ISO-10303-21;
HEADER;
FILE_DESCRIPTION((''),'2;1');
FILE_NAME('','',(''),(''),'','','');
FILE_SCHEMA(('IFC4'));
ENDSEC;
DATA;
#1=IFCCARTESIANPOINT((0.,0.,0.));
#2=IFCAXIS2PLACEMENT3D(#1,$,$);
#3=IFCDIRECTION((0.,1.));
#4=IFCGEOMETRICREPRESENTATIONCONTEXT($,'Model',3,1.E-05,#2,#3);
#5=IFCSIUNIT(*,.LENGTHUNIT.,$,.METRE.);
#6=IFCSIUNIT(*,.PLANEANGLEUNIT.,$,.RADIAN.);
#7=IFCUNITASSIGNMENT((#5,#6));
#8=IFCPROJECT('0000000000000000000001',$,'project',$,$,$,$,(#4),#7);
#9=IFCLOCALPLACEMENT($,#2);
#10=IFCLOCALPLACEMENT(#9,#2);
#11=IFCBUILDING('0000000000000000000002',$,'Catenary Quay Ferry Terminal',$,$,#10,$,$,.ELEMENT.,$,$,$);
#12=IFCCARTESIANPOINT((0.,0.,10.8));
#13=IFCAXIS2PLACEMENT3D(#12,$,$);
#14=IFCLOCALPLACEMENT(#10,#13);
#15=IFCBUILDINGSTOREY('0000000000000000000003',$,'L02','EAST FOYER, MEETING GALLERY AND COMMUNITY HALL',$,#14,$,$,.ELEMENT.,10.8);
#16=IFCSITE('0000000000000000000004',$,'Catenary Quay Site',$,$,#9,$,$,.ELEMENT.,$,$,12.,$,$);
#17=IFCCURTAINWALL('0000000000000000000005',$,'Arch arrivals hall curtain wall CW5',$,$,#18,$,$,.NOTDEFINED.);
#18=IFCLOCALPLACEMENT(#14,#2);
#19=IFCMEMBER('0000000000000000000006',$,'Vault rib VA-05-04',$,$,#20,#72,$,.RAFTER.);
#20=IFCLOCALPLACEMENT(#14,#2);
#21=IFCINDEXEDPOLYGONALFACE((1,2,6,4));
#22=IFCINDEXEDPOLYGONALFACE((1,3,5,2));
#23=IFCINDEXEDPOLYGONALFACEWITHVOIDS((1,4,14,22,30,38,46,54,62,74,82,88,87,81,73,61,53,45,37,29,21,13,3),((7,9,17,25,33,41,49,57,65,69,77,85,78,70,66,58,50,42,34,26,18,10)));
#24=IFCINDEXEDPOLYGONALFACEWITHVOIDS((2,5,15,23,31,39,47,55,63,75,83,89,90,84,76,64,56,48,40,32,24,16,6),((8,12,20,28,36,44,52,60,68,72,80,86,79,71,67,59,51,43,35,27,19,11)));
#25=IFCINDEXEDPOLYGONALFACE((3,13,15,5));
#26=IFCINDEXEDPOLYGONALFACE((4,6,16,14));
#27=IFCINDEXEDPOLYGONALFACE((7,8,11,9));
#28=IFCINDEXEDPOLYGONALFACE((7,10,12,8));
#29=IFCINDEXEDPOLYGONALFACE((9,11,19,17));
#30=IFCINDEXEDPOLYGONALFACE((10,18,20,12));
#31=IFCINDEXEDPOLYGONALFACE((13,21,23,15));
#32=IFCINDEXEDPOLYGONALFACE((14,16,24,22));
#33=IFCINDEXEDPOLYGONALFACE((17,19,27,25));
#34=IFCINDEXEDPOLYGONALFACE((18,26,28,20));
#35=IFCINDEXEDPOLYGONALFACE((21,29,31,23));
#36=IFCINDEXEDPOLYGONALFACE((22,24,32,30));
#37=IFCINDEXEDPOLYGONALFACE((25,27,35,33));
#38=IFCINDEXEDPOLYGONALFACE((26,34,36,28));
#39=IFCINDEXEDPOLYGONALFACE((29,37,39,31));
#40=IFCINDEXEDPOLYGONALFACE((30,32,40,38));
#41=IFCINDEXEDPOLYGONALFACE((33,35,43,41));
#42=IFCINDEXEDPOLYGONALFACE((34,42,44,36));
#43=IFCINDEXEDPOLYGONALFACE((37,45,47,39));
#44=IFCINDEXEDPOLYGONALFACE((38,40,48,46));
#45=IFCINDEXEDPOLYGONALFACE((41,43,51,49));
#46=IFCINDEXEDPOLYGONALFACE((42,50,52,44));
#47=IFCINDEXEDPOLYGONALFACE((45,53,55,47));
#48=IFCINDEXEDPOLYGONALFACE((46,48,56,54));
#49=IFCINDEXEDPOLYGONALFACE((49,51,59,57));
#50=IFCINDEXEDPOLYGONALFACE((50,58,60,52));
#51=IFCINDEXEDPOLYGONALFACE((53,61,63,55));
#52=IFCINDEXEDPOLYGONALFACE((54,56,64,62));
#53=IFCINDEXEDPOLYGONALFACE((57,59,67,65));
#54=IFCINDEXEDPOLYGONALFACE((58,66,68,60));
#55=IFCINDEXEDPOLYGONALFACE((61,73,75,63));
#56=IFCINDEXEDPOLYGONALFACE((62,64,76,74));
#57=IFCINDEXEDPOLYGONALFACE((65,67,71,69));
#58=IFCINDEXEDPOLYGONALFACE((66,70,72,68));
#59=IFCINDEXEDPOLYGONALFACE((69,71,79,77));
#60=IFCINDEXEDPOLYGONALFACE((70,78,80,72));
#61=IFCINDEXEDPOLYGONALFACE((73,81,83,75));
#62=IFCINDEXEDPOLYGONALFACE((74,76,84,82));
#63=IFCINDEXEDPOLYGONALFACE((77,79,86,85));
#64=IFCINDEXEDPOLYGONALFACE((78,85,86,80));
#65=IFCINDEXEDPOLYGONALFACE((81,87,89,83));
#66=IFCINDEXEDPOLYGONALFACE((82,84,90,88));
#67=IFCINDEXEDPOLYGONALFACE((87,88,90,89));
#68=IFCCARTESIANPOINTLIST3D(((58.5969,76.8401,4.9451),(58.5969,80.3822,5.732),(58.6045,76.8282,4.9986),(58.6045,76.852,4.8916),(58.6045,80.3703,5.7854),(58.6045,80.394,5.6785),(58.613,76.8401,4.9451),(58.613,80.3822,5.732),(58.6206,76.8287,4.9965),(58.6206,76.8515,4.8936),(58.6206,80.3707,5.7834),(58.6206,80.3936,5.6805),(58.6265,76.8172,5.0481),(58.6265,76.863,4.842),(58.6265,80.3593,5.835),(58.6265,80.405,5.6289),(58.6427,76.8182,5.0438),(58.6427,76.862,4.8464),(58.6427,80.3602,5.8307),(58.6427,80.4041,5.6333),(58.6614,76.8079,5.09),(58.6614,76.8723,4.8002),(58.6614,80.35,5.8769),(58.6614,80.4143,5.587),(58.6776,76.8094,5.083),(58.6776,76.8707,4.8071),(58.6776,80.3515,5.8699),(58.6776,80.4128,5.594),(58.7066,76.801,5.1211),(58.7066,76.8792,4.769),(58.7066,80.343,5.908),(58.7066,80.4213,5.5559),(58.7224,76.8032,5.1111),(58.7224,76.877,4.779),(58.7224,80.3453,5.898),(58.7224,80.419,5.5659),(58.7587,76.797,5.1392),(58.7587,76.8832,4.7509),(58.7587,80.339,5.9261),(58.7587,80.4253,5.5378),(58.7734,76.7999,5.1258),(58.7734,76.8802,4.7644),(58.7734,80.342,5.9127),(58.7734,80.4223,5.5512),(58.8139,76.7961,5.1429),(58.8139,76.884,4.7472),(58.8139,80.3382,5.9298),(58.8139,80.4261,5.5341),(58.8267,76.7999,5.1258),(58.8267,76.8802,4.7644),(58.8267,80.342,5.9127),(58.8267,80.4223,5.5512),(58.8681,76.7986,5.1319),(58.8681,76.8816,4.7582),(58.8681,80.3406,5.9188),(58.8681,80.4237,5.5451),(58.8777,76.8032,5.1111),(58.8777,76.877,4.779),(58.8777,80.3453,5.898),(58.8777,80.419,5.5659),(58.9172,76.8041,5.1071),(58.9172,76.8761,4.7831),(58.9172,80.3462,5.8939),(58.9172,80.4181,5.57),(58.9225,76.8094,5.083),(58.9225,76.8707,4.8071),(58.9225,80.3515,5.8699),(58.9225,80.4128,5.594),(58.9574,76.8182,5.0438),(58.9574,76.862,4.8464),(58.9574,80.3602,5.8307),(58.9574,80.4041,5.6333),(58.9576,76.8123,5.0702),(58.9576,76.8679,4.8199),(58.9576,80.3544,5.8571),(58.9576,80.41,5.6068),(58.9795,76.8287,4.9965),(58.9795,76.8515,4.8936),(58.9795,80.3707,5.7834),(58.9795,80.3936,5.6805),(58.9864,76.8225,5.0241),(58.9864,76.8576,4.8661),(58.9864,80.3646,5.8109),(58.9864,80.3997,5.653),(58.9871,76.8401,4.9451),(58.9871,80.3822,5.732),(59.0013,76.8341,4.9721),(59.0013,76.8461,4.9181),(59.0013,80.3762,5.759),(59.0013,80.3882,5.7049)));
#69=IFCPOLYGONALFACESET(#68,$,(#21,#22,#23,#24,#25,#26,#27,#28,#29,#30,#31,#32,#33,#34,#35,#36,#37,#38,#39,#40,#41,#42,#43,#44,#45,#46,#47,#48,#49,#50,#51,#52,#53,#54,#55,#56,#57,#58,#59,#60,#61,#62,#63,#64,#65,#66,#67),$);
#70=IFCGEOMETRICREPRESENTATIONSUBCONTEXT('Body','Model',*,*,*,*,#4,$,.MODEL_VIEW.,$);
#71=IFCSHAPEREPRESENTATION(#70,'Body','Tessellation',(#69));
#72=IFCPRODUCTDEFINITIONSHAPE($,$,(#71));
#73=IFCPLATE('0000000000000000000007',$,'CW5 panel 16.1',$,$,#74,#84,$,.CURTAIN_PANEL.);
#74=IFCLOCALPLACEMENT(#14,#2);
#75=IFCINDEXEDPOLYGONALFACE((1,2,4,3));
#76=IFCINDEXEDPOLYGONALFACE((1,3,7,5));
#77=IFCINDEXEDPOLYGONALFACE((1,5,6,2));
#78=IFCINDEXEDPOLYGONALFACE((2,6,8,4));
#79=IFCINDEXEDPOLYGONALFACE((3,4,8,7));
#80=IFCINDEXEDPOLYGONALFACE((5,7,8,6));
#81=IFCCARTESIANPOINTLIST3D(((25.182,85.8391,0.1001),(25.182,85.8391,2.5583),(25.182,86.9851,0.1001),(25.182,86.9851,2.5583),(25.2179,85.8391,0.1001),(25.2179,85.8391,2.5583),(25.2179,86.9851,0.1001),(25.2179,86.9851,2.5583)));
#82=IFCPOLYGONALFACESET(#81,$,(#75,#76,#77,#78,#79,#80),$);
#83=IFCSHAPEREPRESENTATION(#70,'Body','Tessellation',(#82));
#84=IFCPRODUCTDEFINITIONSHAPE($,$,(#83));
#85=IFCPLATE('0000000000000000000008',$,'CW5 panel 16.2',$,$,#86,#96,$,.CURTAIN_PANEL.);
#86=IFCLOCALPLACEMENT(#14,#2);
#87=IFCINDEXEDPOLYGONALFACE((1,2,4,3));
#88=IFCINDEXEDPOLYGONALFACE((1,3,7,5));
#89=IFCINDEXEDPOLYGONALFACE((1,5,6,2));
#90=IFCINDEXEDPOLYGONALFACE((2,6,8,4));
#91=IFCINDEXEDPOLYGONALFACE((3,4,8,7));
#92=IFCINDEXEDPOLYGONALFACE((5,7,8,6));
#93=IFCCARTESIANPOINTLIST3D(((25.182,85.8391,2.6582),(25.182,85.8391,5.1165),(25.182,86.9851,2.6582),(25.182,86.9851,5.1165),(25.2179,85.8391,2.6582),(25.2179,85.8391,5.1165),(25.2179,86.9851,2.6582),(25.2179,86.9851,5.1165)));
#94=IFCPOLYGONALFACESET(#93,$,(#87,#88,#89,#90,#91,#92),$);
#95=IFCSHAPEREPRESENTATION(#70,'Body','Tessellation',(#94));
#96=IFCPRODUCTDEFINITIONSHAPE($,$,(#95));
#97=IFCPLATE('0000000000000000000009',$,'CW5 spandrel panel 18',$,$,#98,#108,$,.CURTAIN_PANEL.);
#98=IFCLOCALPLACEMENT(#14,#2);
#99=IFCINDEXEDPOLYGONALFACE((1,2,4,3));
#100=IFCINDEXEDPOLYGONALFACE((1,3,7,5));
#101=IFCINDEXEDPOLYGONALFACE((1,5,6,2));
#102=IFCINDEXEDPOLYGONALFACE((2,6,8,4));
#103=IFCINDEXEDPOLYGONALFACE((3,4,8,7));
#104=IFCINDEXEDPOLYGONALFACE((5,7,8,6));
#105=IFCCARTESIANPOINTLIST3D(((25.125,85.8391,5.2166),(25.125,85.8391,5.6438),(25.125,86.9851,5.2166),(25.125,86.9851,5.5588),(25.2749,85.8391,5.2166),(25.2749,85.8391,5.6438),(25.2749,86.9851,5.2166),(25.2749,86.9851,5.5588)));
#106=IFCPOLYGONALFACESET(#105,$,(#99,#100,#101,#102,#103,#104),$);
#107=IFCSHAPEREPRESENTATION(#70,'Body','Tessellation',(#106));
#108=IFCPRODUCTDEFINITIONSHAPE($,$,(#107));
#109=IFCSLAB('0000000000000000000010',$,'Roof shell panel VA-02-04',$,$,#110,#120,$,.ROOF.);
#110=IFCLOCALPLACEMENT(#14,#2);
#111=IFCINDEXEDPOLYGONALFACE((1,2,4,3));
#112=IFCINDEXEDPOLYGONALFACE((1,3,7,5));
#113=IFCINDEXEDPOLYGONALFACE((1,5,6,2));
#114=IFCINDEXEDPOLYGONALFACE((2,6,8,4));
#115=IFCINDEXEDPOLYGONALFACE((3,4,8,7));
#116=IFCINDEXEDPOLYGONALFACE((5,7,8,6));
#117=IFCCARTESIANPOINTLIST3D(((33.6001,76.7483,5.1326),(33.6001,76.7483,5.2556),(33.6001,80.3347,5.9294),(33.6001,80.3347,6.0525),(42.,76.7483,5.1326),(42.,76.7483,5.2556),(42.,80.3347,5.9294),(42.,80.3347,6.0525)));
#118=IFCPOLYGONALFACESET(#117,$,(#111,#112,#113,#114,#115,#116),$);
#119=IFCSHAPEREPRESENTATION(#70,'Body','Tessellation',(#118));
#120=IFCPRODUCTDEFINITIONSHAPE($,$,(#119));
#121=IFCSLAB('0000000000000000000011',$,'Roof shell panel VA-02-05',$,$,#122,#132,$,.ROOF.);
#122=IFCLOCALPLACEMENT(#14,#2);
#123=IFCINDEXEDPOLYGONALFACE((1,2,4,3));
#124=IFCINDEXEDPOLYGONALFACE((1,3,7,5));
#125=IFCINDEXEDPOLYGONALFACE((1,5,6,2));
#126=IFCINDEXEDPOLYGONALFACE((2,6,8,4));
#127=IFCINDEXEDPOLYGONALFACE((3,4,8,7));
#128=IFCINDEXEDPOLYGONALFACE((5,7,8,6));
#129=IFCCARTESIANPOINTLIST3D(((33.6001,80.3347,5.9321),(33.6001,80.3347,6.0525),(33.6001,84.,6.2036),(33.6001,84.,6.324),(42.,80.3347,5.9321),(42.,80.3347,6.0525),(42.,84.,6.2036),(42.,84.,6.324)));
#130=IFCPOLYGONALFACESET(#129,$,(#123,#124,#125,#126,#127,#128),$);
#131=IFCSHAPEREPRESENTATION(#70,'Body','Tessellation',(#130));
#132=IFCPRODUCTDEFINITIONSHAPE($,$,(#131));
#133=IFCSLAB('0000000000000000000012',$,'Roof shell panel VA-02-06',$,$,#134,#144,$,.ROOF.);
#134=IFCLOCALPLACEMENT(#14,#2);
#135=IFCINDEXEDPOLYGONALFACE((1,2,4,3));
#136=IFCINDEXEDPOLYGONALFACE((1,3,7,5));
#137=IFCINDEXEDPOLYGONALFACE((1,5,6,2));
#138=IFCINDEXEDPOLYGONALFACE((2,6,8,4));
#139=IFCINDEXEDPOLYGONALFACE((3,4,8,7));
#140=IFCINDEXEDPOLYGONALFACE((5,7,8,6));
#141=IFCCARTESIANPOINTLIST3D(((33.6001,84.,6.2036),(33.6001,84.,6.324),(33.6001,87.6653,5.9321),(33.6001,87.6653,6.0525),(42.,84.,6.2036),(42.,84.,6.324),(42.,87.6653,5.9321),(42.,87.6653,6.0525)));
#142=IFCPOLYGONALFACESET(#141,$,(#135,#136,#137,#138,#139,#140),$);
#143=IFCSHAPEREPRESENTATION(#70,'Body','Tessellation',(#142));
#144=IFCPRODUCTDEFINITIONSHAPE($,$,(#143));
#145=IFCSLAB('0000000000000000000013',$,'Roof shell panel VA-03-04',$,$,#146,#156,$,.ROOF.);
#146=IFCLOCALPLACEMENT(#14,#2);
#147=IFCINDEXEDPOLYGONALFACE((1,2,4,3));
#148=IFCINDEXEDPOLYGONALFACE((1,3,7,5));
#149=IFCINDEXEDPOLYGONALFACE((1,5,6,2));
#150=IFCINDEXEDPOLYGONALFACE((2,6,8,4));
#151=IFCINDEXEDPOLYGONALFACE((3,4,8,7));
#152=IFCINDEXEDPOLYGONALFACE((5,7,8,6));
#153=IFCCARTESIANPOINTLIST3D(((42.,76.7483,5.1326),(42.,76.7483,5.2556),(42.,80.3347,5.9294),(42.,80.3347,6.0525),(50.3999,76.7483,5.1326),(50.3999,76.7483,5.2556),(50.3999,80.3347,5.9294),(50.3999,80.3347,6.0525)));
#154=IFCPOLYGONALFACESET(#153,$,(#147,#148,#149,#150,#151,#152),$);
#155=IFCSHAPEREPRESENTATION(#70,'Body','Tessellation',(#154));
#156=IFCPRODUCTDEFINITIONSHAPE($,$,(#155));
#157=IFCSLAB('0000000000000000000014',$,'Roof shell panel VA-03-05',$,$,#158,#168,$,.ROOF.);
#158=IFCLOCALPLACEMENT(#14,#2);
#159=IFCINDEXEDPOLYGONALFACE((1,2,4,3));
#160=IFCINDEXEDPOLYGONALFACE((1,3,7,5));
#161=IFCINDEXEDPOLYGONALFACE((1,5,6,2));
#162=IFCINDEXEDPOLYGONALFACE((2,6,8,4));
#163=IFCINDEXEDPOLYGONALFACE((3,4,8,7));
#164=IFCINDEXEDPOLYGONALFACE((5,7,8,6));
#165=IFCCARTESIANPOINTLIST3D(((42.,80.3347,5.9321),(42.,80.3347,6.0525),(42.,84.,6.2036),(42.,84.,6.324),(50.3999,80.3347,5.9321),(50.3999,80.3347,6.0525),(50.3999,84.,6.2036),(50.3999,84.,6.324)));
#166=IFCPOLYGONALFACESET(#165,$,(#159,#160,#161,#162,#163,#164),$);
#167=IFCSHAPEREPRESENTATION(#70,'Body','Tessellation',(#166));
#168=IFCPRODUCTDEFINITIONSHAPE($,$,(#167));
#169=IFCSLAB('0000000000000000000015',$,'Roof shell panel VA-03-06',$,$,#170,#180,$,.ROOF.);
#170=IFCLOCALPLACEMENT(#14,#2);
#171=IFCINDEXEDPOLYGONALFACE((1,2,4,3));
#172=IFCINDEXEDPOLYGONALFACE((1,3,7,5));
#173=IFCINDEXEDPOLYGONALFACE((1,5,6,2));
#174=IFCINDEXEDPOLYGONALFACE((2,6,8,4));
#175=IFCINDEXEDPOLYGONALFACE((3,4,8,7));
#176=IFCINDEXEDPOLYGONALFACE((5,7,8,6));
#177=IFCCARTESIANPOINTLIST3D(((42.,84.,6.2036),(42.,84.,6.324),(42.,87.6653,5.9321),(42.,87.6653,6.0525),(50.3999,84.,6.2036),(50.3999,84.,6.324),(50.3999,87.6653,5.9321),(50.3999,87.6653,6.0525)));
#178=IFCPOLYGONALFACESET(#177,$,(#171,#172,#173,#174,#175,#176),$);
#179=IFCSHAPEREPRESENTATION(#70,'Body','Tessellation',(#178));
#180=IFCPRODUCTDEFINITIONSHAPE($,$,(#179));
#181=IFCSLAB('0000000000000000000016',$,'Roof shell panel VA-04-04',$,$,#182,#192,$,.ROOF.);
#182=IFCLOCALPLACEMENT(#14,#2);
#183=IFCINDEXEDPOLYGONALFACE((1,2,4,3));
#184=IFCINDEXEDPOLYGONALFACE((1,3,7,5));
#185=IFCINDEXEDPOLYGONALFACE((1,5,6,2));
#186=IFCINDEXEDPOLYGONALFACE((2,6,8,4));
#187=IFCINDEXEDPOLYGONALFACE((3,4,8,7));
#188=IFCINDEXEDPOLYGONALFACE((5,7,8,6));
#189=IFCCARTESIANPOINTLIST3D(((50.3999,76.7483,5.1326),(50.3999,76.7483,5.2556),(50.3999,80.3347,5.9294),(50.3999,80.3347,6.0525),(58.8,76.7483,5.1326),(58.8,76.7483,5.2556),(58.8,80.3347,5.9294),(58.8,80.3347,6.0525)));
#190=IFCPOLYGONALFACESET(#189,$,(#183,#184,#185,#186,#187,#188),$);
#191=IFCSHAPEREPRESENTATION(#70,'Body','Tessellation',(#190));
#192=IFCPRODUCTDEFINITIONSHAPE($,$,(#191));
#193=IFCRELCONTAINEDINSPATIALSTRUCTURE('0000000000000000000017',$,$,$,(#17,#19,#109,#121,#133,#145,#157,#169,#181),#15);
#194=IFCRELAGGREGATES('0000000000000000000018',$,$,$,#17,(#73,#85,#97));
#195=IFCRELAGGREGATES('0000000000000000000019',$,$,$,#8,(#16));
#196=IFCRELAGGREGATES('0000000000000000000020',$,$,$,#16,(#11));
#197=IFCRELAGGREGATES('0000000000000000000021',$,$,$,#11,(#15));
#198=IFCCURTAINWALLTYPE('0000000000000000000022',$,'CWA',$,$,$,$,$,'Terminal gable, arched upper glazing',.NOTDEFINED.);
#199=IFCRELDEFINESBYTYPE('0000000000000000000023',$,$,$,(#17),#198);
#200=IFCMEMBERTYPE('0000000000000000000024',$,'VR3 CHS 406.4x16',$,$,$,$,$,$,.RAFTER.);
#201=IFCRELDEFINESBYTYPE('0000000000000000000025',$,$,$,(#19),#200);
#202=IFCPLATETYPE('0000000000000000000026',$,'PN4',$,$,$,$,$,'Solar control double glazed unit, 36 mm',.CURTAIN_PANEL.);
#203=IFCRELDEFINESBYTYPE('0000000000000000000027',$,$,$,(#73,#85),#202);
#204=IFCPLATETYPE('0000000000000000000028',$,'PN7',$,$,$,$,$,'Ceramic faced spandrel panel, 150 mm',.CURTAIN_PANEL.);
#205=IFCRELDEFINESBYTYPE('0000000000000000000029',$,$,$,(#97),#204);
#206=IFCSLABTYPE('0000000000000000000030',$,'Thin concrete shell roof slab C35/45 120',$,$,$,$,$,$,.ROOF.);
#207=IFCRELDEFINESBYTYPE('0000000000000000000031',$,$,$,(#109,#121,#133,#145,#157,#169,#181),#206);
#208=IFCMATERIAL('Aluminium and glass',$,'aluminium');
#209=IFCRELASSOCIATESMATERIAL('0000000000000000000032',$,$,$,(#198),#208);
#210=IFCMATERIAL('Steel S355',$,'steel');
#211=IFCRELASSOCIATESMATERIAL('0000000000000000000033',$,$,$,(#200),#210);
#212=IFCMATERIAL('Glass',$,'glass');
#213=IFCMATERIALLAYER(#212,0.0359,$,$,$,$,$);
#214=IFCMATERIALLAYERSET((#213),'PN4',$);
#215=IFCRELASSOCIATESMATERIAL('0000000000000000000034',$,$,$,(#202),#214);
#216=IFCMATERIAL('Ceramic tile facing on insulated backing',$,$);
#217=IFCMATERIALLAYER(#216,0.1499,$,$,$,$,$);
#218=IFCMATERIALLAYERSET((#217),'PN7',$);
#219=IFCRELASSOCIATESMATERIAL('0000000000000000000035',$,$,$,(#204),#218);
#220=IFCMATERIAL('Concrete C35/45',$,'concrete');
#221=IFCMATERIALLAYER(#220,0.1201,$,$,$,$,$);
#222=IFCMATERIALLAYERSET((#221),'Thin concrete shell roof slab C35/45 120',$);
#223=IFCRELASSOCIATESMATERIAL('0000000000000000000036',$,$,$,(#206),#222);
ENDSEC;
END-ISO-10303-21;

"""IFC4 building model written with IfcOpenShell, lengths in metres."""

from ifc_helpers import new_model, si_unit, direction, frame, origin, origin_2d, place, context, subcontext, project, spatial, polyline, rectangle, hollow_circle, outline, extrude, material, layer, layer_set, material_profile, profile_set, type_object, element, aggregate, save


model = new_model("IFC4")

# Units and contexts
model_context = context("Model", 3, precision=1e-05, world=origin(), true_north=direction((0.0, 1.0)))
body_context = subcontext(model_context, "Body", "Model", "MODEL_VIEW")
ifc_project = project(units=[si_unit("LENGTHUNIT", "METRE"), si_unit("PLANEANGLEUNIT", "RADIAN")], contexts=[model_context])

# Site, building, storey
site_placement = place(None, origin())
site = spatial("IfcSite", under=ifc_project, at=site_placement, Name="Catenary Quay Site", CompositionType="ELEMENT", RefElevation=12.0)
building_placement = place(site_placement, origin())
building = spatial("IfcBuilding", under=site, at=building_placement, Name="Catenary Quay Ferry Terminal", CompositionType="ELEMENT")
storey_placement = place(building_placement, frame((0.0, 0.0, 10.8)))
storey = spatial("IfcBuildingStorey", under=building, at=storey_placement, Name="L02", Description="EAST FOYER, MEETING GALLERY AND COMMUNITY HALL", CompositionType="ELEMENT", Elevation=10.8)

# Curtain wall
ifc_material_1 = material(Name="Aluminium and glass", Category="aluminium")
curtain_wall_type = type_object("IfcCurtainWallType", Name="CWA", ElementType="Terminal gable, arched upper glazing", PredefinedType="NOTDEFINED", material=ifc_material_1)
curtain_wall_placement = place(storey_placement, origin())
curtain_wall = element("IfcCurtainWall", 1, at=curtain_wall_placement, inside=storey, type_object=curtain_wall_type, Name="Arch arrivals hall curtain wall CW5", PredefinedType="NOTDEFINED")

# Member
ifc_material_2 = material(Name="Steel S355", Category="steel")
ifc_material_profile_1 = material_profile(ifc_material_2, hollow_circle(Radius=0.2031, WallThickness=0.0161, at=origin_2d()), Name="CHS 406.4x16")
ifc_profile_set_1 = profile_set([ifc_material_profile_1], Name="Steel S355")
member_type_1 = type_object("IfcMemberType", Name="VR3 CHS 406.4x16", PredefinedType="RAFTER", material=ifc_profile_set_1)
for number, where, z_axis, x_axis, name in (
    (2, (58.8, 76.8401, 4.9451), (0.0, 0.976201, 0.216866), (-1.0, 0.0, 0.0), "Vault rib VA-05-04"),
):
    element("IfcMember", number, at=place(storey_placement, frame(where, z_axis=z_axis, x_axis=x_axis)), inside=storey, type_object=member_type_1, Name=name, PredefinedType="RAFTER", context=body_context, shape_type="SweptSolid", body=[
        extrude(hollow_circle(Radius=0.2031, WallThickness=0.0161, at=origin_2d()), origin(), (0.0, 0.0, 1.0), 3.6284),
    ])

# Plates
ifc_material_3 = material(Name="Glass", Category="glass")
ifc_layer_1 = layer(ifc_material_3, 0.0359)
ifc_layer_set_1 = layer_set([ifc_layer_1], Name="PN4")
plate_type_1 = type_object("IfcPlateType", Name="PN4", ElementType="Solar control double glazed unit, 36 mm", PredefinedType="CURTAIN_PANEL", material=ifc_layer_set_1)
plate_1_placement = place(storey_placement, frame((25.2, 86.4121, 0.1001), z_axis=(0.0, 0.0, 1.0), x_axis=(0.0, 1.0, 0.0)))
plate_1 = element("IfcPlate", 3, at=plate_1_placement, type_object=plate_type_1, Name="CW5 panel 16.1", PredefinedType="CURTAIN_PANEL", context=body_context, shape_type="SweptSolid", body=[
    extrude(rectangle(XDim=1.146, YDim=0.0359, at=origin_2d()), origin(), (0.0, 0.0, 1.0), 2.4583),
])
plate_2_placement = place(storey_placement, frame((25.2, 86.4121, 2.6582), z_axis=(0.0, 0.0, 1.0), x_axis=(0.0, 1.0, 0.0)))
plate_2 = element("IfcPlate", 4, at=plate_2_placement, type_object=plate_type_1, Name="CW5 panel 16.2", PredefinedType="CURTAIN_PANEL", context=body_context, shape_type="SweptSolid", body=[
    extrude(rectangle(XDim=1.146, YDim=0.0359, at=origin_2d()), origin(), (0.0, 0.0, 1.0), 2.4583),
])
ifc_material_4 = material(Name="Ceramic tile facing on insulated backing")
ifc_layer_2 = layer(ifc_material_4, 0.1499)
ifc_layer_set_2 = layer_set([ifc_layer_2], Name="PN7")
plate_type_2 = type_object("IfcPlateType", Name="PN7", ElementType="Ceramic faced spandrel panel, 150 mm", PredefinedType="CURTAIN_PANEL", material=ifc_layer_set_2)
plate_3_placement = place(storey_placement, frame((25.2, 85.8391, 5.2166), z_axis=(0.0, 0.0, 1.0), x_axis=(0.0, 1.0, 0.0)))
plate_3 = element("IfcPlate", 5, at=plate_3_placement, type_object=plate_type_2, Name="CW5 spandrel panel 18", PredefinedType="CURTAIN_PANEL", context=body_context, shape_type="SweptSolid", body=[
    extrude(outline(polyline([(0.0, 0.0), (1.146, 0.0), (1.146, 0.3423), (0.0, 0.4272), (0.0, 0.0)])), frame((0.0, 0.075, 0.0), z_axis=(0.0, -1.0, 0.0), x_axis=(1.0, 0.0, 0.0)), (0.0, 0.0, 1.0), 0.1499),
])
aggregate(curtain_wall, [plate_1, plate_2, plate_3])

# Slabs
ifc_material_5 = material(Name="Concrete C35/45", Category="concrete")
ifc_layer_3 = layer(ifc_material_5, 0.1201)
ifc_layer_set_3 = layer_set([ifc_layer_3], Name="Thin concrete shell roof slab C35/45 120")
slab_type = type_object("IfcSlabType", Name="Thin concrete shell roof slab C35/45 120", PredefinedType="ROOF", material=ifc_layer_set_3)
slab_1_placement = place(storey_placement, frame((33.6001, 76.7483, 5.2556), z_axis=(0.0, -0.216902, 0.976193), x_axis=(1.0, 0.0, 0.0)))
element("IfcSlab", 6, at=slab_1_placement, inside=storey, type_object=slab_type, Name="Roof shell panel VA-02-04", PredefinedType="ROOF", context=body_context, shape_type="SweptSolid", body=[
    extrude(outline(polyline([(0.0, 0.0), (8.3999, 0.0), (8.3999, 3.6739), (0.0, 3.6739), (0.0, 0.0)])), origin(), (0.0, -0.216902, -0.976193), 0.123),
])
slab_2_placement = place(storey_placement, frame((33.6001, 80.3347, 6.0525), z_axis=(0.0, -0.073867, 0.997268), x_axis=(1.0, 0.0, 0.0)))
element("IfcSlab", 7, at=slab_2_placement, inside=storey, type_object=slab_type, Name="Roof shell panel VA-02-05", PredefinedType="ROOF", context=body_context, shape_type="SweptSolid", body=[
    extrude(outline(polyline([(0.0, 0.0), (8.3999, 0.0), (8.3999, 3.6753), (0.0, 3.6753), (0.0, 0.0)])), origin(), (0.0, -0.073867, -0.997268), 0.1204),
])
slab_3_placement = place(storey_placement, frame((33.6001, 84.0, 6.324), z_axis=(0.0, 0.073867, 0.997268), x_axis=(1.0, 0.0, 0.0)))
element("IfcSlab", 8, at=slab_3_placement, inside=storey, type_object=slab_type, Name="Roof shell panel VA-02-06", PredefinedType="ROOF", context=body_context, shape_type="SweptSolid", body=[
    extrude(outline(polyline([(0.0, 0.0), (8.3999, 0.0), (8.3999, 3.6753), (0.0, 3.6753), (0.0, 0.0)])), origin(), (0.0, 0.073867, -0.997268), 0.1204),
])
slab_4_placement = place(storey_placement, frame((42.0, 76.7483, 5.2556), z_axis=(0.0, -0.216902, 0.976193), x_axis=(1.0, 0.0, 0.0)))
element("IfcSlab", 9, at=slab_4_placement, inside=storey, type_object=slab_type, Name="Roof shell panel VA-03-04", PredefinedType="ROOF", context=body_context, shape_type="SweptSolid", body=[
    extrude(outline(polyline([(0.0, 0.0), (8.3999, 0.0), (8.3999, 3.6739), (0.0, 3.6739), (0.0, 0.0)])), origin(), (0.0, -0.216902, -0.976193), 0.123),
])
slab_5_placement = place(storey_placement, frame((42.0, 80.3347, 6.0525), z_axis=(0.0, -0.073867, 0.997268), x_axis=(1.0, 0.0, 0.0)))
element("IfcSlab", 10, at=slab_5_placement, inside=storey, type_object=slab_type, Name="Roof shell panel VA-03-05", PredefinedType="ROOF", context=body_context, shape_type="SweptSolid", body=[
    extrude(outline(polyline([(0.0, 0.0), (8.3999, 0.0), (8.3999, 3.6753), (0.0, 3.6753), (0.0, 0.0)])), origin(), (0.0, -0.073867, -0.997268), 0.1204),
])
slab_6_placement = place(storey_placement, frame((42.0, 84.0, 6.324), z_axis=(0.0, 0.073867, 0.997268), x_axis=(1.0, 0.0, 0.0)))
element("IfcSlab", 11, at=slab_6_placement, inside=storey, type_object=slab_type, Name="Roof shell panel VA-03-06", PredefinedType="ROOF", context=body_context, shape_type="SweptSolid", body=[
    extrude(outline(polyline([(0.0, 0.0), (8.3999, 0.0), (8.3999, 3.6753), (0.0, 3.6753), (0.0, 0.0)])), origin(), (0.0, 0.073867, -0.997268), 0.1204),
])
slab_7_placement = place(storey_placement, frame((50.3999, 76.7483, 5.2556), z_axis=(0.0, -0.216902, 0.976193), x_axis=(1.0, 0.0, 0.0)))
element("IfcSlab", 12, at=slab_7_placement, inside=storey, type_object=slab_type, Name="Roof shell panel VA-04-04", PredefinedType="ROOF", context=body_context, shape_type="SweptSolid", body=[
    extrude(outline(polyline([(0.0, 0.0), (8.4001, 0.0), (8.4001, 3.6739), (0.0, 3.6739), (0.0, 0.0)])), origin(), (0.0, -0.216902, -0.976193), 0.123),
])

save(model, "model.ifc")
